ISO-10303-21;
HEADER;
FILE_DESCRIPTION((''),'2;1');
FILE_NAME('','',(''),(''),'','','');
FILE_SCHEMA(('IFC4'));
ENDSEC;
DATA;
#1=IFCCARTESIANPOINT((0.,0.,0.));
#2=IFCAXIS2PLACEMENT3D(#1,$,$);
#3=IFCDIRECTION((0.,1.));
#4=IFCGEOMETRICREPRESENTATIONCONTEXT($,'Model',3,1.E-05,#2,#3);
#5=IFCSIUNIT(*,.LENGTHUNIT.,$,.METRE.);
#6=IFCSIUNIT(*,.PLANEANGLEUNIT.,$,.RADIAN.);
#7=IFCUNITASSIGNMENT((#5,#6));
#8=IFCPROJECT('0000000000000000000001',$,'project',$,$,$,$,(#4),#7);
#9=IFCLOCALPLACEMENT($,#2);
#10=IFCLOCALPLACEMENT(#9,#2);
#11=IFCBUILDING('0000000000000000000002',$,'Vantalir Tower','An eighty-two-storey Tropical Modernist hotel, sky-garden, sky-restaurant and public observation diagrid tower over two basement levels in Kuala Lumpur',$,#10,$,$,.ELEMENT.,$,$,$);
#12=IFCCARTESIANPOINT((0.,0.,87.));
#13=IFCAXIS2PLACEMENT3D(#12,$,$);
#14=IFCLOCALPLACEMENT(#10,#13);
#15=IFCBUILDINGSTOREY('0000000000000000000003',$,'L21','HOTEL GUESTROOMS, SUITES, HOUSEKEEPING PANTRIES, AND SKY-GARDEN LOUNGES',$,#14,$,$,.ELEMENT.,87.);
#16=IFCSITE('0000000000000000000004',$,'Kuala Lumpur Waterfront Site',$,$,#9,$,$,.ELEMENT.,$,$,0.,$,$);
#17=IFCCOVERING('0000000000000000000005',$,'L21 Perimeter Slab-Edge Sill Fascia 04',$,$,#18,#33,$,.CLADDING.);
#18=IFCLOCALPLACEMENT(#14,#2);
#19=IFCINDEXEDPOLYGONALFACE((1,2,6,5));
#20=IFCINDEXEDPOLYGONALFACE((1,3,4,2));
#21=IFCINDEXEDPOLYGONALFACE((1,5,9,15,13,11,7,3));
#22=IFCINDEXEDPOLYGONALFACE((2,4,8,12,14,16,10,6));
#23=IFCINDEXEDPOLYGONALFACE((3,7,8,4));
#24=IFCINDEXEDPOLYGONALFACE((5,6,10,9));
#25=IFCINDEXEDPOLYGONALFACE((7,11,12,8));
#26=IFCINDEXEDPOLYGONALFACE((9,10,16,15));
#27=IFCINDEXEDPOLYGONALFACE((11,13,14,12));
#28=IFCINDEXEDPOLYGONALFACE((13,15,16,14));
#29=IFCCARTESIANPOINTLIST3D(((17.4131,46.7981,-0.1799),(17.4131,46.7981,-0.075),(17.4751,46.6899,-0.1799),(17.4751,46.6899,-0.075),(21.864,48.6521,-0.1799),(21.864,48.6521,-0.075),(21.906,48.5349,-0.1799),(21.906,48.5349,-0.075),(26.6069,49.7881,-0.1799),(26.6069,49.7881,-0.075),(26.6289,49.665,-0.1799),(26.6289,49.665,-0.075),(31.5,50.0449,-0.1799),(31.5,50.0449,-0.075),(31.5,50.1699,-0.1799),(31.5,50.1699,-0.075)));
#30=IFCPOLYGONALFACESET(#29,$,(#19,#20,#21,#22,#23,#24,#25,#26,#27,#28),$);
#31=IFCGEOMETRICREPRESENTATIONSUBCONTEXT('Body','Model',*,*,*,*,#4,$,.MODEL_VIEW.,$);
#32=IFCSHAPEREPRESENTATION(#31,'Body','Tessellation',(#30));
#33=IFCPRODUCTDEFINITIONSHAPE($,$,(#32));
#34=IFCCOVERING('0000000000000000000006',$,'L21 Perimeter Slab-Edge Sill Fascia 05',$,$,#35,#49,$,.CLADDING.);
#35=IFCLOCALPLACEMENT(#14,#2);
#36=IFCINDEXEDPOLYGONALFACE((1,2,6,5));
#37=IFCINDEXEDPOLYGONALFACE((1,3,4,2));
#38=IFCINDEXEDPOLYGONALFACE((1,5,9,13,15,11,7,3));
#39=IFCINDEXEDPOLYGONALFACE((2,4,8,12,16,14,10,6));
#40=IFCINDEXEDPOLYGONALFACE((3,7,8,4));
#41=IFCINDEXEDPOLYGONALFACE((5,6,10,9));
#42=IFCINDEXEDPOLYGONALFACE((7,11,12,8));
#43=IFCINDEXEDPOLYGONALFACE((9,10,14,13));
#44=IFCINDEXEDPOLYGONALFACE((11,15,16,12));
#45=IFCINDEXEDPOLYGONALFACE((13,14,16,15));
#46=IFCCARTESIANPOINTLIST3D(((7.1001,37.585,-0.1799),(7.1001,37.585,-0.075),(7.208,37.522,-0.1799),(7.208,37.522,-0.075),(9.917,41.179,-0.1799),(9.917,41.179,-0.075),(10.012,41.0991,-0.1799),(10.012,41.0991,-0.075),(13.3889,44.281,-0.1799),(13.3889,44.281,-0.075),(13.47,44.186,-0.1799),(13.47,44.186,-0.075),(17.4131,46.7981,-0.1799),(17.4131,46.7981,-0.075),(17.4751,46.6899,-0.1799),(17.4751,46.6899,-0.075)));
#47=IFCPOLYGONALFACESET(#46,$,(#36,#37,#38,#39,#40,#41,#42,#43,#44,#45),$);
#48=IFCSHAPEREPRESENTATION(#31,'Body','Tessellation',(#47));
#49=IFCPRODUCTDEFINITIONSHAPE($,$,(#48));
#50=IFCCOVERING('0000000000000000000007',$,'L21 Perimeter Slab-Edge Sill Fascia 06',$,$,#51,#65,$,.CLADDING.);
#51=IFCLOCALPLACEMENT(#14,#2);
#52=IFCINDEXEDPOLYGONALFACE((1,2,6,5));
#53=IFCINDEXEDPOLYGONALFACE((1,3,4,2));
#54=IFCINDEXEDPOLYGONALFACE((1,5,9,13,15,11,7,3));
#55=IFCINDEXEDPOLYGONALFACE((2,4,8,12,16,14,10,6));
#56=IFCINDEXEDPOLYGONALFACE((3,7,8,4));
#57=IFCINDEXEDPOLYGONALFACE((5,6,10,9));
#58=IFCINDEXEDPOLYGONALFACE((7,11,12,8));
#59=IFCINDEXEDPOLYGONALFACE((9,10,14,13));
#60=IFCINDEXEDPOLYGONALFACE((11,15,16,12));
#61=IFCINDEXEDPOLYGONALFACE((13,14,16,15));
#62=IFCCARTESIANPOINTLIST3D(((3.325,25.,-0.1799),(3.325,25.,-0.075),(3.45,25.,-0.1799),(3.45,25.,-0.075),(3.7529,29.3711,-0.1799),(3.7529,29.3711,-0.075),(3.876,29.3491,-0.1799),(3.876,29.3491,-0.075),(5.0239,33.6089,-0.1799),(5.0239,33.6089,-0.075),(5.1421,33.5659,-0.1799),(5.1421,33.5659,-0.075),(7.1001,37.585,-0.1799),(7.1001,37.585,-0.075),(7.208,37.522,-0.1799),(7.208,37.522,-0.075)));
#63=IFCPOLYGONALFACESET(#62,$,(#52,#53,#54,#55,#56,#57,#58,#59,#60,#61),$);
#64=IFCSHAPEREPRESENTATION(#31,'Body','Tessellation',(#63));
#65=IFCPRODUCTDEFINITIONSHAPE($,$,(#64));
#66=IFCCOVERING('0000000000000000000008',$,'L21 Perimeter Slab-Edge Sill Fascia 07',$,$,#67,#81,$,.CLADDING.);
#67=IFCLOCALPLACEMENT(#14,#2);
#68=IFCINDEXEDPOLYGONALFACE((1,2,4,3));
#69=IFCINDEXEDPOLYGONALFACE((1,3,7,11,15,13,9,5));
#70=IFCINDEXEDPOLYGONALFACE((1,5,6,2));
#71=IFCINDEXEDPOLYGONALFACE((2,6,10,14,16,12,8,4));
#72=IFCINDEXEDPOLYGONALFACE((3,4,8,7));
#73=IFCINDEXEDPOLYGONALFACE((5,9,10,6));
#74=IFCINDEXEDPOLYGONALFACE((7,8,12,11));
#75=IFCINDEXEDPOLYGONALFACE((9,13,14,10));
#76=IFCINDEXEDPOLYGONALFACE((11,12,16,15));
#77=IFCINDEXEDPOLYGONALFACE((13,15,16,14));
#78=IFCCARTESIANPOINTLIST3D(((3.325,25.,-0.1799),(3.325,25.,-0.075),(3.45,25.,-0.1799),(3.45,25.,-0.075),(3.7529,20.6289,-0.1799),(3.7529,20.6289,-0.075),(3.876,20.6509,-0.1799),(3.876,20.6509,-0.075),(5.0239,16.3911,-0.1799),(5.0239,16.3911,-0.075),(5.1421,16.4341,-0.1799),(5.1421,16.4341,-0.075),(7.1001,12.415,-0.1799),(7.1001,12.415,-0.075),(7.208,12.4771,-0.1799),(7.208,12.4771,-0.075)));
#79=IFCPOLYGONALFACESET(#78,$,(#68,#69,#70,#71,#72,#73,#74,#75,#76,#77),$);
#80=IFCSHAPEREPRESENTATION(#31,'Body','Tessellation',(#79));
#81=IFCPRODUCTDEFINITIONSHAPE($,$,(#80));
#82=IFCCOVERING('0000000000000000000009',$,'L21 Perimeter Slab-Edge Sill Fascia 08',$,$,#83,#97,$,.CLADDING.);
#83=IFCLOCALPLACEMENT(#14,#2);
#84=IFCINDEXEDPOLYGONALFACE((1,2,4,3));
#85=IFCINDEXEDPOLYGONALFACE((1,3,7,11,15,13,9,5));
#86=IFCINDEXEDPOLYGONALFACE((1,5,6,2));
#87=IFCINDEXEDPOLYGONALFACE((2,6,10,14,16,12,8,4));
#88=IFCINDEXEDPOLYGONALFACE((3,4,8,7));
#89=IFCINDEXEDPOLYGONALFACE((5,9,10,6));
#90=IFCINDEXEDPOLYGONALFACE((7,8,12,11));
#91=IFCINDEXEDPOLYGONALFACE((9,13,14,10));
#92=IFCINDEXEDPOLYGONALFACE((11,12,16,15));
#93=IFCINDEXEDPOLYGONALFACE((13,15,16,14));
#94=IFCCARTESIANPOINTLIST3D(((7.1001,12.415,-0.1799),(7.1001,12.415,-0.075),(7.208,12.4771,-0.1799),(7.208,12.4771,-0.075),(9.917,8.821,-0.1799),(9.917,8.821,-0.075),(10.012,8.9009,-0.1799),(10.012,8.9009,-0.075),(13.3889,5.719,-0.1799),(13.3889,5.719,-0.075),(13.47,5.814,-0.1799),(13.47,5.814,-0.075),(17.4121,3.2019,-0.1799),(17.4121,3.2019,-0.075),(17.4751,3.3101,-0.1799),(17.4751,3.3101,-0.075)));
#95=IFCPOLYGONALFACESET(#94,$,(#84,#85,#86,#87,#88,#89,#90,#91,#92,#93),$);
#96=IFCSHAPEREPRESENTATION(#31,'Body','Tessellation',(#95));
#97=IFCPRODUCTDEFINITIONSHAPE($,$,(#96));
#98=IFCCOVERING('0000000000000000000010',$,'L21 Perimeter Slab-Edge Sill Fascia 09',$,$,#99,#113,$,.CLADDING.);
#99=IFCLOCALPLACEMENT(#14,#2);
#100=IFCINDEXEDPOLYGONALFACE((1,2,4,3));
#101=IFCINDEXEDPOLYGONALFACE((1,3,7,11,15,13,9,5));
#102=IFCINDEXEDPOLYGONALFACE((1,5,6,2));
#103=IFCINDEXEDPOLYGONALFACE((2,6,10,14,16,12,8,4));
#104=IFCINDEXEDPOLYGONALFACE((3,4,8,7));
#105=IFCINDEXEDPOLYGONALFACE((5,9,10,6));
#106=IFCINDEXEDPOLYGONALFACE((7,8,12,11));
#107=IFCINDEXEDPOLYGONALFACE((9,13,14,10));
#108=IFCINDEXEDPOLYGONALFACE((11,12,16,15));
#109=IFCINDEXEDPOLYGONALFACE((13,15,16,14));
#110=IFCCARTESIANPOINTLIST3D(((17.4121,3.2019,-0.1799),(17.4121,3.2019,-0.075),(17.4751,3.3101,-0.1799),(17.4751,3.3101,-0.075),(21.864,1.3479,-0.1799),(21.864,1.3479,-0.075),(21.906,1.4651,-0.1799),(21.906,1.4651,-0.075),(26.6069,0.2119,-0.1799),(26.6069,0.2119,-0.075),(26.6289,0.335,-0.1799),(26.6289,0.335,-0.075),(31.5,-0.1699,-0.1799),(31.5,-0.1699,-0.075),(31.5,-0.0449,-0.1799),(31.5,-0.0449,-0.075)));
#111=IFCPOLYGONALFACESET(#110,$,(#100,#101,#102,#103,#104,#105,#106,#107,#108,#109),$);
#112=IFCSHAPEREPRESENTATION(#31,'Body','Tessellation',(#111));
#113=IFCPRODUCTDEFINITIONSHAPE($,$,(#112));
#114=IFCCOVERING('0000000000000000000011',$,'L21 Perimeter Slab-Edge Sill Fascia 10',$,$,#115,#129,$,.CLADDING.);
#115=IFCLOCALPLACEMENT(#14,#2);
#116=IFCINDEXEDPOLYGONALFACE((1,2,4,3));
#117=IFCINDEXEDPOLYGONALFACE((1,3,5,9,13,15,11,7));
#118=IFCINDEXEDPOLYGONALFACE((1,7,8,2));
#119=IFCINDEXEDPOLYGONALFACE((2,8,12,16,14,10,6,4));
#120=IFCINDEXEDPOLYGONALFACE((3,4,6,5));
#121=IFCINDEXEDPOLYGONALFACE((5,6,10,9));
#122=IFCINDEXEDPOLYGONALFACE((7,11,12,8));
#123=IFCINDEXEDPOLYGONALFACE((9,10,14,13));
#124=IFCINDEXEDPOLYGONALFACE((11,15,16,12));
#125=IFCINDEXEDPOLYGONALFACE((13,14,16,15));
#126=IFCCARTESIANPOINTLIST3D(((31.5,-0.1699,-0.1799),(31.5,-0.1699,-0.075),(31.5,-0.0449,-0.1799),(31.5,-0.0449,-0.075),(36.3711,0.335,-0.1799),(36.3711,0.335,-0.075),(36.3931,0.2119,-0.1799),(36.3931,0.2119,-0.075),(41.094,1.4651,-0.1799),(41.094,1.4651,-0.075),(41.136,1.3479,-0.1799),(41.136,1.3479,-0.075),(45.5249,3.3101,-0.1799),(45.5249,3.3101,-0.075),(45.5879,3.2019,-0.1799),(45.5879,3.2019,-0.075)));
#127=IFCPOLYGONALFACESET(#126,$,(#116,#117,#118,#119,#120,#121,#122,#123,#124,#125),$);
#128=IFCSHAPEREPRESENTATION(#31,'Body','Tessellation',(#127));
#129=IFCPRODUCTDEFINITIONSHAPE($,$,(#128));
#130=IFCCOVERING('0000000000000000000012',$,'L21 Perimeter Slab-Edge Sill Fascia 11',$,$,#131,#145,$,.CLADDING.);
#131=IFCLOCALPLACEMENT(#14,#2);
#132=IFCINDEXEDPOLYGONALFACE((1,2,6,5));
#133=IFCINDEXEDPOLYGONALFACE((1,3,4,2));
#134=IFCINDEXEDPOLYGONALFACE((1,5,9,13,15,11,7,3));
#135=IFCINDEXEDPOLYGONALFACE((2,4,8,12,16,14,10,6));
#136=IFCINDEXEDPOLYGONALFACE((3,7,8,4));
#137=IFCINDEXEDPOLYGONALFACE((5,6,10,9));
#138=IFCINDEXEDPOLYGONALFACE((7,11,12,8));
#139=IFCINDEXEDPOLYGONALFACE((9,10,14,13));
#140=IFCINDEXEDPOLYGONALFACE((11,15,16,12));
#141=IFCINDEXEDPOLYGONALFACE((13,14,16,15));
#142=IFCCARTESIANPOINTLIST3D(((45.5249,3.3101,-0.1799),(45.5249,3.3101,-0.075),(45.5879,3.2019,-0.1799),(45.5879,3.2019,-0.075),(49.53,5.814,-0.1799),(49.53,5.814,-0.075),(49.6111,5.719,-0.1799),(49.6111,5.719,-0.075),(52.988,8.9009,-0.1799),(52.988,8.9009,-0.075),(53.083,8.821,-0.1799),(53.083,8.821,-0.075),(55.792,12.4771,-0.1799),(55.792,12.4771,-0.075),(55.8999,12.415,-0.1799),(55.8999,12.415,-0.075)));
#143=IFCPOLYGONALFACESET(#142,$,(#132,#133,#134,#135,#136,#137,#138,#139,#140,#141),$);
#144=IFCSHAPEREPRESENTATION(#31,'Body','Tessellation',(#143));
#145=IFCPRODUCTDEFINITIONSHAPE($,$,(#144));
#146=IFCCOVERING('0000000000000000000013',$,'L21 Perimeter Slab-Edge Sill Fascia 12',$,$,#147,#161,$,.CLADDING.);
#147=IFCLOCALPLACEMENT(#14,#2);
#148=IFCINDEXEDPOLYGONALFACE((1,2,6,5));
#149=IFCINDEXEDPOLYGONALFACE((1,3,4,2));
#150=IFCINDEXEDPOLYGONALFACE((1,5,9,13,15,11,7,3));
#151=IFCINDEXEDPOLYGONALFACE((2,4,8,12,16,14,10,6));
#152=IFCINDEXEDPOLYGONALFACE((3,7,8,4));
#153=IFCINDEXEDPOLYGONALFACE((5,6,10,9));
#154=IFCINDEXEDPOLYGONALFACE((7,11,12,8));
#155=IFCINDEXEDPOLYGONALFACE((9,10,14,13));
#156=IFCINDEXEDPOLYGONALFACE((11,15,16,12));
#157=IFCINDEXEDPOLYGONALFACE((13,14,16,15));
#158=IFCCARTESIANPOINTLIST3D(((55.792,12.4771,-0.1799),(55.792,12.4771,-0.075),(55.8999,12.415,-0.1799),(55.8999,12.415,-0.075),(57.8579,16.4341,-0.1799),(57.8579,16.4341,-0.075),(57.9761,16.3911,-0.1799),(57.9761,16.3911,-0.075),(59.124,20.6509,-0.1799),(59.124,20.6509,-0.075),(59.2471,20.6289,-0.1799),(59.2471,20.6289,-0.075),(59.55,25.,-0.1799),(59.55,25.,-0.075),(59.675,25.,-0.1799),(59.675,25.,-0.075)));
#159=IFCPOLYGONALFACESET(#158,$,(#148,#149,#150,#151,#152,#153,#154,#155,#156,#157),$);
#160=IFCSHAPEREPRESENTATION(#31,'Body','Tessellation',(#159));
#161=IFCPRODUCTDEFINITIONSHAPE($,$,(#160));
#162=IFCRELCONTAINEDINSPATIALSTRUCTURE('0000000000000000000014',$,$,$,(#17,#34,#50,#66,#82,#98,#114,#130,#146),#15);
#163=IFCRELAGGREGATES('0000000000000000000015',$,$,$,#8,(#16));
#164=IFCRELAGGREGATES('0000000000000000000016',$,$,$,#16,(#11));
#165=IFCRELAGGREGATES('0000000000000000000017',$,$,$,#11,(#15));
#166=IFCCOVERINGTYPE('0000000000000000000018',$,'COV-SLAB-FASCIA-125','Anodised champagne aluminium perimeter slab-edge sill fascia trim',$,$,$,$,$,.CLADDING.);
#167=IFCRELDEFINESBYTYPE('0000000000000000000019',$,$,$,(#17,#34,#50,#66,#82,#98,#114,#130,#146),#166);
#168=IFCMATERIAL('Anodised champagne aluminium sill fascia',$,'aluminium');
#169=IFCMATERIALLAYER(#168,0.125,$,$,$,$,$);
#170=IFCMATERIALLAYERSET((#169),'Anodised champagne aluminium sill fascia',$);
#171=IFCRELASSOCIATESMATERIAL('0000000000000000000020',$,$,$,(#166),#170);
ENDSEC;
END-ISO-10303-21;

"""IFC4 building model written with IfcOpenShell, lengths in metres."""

from ifc_helpers import new_model, si_unit, direction, frame, origin, place, context, subcontext, project, spatial, polyline, outline, extrude, material, layer, layer_set, type_object, element, save


model = new_model("IFC4")

# Units and contexts
model_context = context("Model", 3, precision=1e-05, world=origin(), true_north=direction((0.0, 1.0)))
body_context = subcontext(model_context, "Body", "Model", "MODEL_VIEW")
ifc_project = project(units=[si_unit("LENGTHUNIT", "METRE"), si_unit("PLANEANGLEUNIT", "RADIAN")], contexts=[model_context])

# Site, building, storey
site_placement = place(None, origin())
site = spatial("IfcSite", under=ifc_project, at=site_placement, Name="Kuala Lumpur Waterfront Site", CompositionType="ELEMENT", RefElevation=0.0)
building_placement = place(site_placement, origin())
building = spatial("IfcBuilding", under=site, at=building_placement, Name="Vantalir Tower", Description="An eighty-two-storey Tropical Modernist hotel, sky-garden, sky-restaurant and public observation diagrid tower over two basement levels in Kuala Lumpur", CompositionType="ELEMENT")
storey_placement = place(building_placement, frame((0.0, 0.0, 87.0)))
storey = spatial("IfcBuildingStorey", under=building, at=storey_placement, Name="L21", Description="HOTEL GUESTROOMS, SUITES, HOUSEKEEPING PANTRIES, AND SKY-GARDEN LOUNGES", CompositionType="ELEMENT", Elevation=87.0)

# Coverings
ifc_material_1 = material(Name="Anodised champagne aluminium sill fascia", Category="aluminium")
ifc_layer_1 = layer(ifc_material_1, 0.125)
ifc_layer_set_1 = layer_set([ifc_layer_1], Name="Anodised champagne aluminium sill fascia")
covering_type = type_object("IfcCoveringType", Name="COV-SLAB-FASCIA-125", Description="Anodised champagne aluminium perimeter slab-edge sill fascia trim", PredefinedType="CLADDING", material=ifc_layer_set_1)
covering_1_placement = place(storey_placement, frame((0.0, 0.0, -0.1799)))
element("IfcCovering", 1, at=covering_1_placement, inside=storey, type_object=covering_type, Name="L21 Perimeter Slab-Edge Sill Fascia 04", PredefinedType="CLADDING", context=body_context, shape_type="SweptSolid", body=[
    extrude(outline(polyline([(31.5, 50.1699), (26.6069, 49.7881), (21.864, 48.6521), (17.4131, 46.7981), (17.4751, 46.6899), (21.906, 48.5349), (26.6289, 49.665), (31.5, 50.0449), (31.5, 50.1699)])), origin(), (0.0, 0.0, 1.0), 0.105),
])
covering_2_placement = place(storey_placement, frame((0.0, 0.0, -0.1799)))
element("IfcCovering", 2, at=covering_2_placement, inside=storey, type_object=covering_type, Name="L21 Perimeter Slab-Edge Sill Fascia 05", PredefinedType="CLADDING", context=body_context, shape_type="SweptSolid", body=[
    extrude(outline(polyline([(17.4131, 46.7981), (13.3889, 44.281), (9.917, 41.179), (7.1001, 37.585), (7.208, 37.522), (10.012, 41.0991), (13.47, 44.186), (17.4751, 46.6899), (17.4131, 46.7981)])), origin(), (0.0, 0.0, 1.0), 0.105),
])
covering_3_placement = place(storey_placement, frame((0.0, 0.0, -0.1799)))
element("IfcCovering", 3, at=covering_3_placement, inside=storey, type_object=covering_type, Name="L21 Perimeter Slab-Edge Sill Fascia 06", PredefinedType="CLADDING", context=body_context, shape_type="SweptSolid", body=[
    extrude(outline(polyline([(7.1001, 37.585), (5.0239, 33.6089), (3.7529, 29.3711), (3.325, 25.0), (3.45, 25.0), (3.876, 29.3491), (5.1421, 33.5659), (7.208, 37.522), (7.1001, 37.585)])), origin(), (0.0, 0.0, 1.0), 0.105),
])
covering_4_placement = place(storey_placement, frame((0.0, 0.0, -0.1799)))
element("IfcCovering", 4, at=covering_4_placement, inside=storey, type_object=covering_type, Name="L21 Perimeter Slab-Edge Sill Fascia 07", PredefinedType="CLADDING", context=body_context, shape_type="SweptSolid", body=[
    extrude(outline(polyline([(3.325, 25.0), (3.7529, 20.6289), (5.0239, 16.3911), (7.1001, 12.415), (7.208, 12.4771), (5.1421, 16.4341), (3.876, 20.6509), (3.45, 25.0), (3.325, 25.0)])), origin(), (0.0, 0.0, 1.0), 0.105),
])
covering_5_placement = place(storey_placement, frame((0.0, 0.0, -0.1799)))
element("IfcCovering", 5, at=covering_5_placement, inside=storey, type_object=covering_type, Name="L21 Perimeter Slab-Edge Sill Fascia 08", PredefinedType="CLADDING", context=body_context, shape_type="SweptSolid", body=[
    extrude(outline(polyline([(7.1001, 12.415), (9.917, 8.821), (13.3889, 5.719), (17.4121, 3.2019), (17.4751, 3.3101), (13.47, 5.814), (10.012, 8.9009), (7.208, 12.4771), (7.1001, 12.415)])), origin(), (0.0, 0.0, 1.0), 0.105),
])
covering_6_placement = place(storey_placement, frame((0.0, 0.0, -0.1799)))
element("IfcCovering", 6, at=covering_6_placement, inside=storey, type_object=covering_type, Name="L21 Perimeter Slab-Edge Sill Fascia 09", PredefinedType="CLADDING", context=body_context, shape_type="SweptSolid", body=[
    extrude(outline(polyline([(17.4121, 3.2019), (21.864, 1.3479), (26.6069, 0.2119), (31.5, -0.1699), (31.5, -0.0449), (26.6289, 0.335), (21.906, 1.4651), (17.4751, 3.3101), (17.4121, 3.2019)])), origin(), (0.0, 0.0, 1.0), 0.105),
])
covering_7_placement = place(storey_placement, frame((0.0, 0.0, -0.1799)))
element("IfcCovering", 7, at=covering_7_placement, inside=storey, type_object=covering_type, Name="L21 Perimeter Slab-Edge Sill Fascia 10", PredefinedType="CLADDING", context=body_context, shape_type="SweptSolid", body=[
    extrude(outline(polyline([(31.5, -0.1699), (36.3931, 0.2119), (41.136, 1.3479), (45.5879, 3.2019), (45.5249, 3.3101), (41.094, 1.4651), (36.3711, 0.335), (31.5, -0.0449), (31.5, -0.1699)])), origin(), (0.0, 0.0, 1.0), 0.105),
])
covering_8_placement = place(storey_placement, frame((0.0, 0.0, -0.1799)))
element("IfcCovering", 8, at=covering_8_placement, inside=storey, type_object=covering_type, Name="L21 Perimeter Slab-Edge Sill Fascia 11", PredefinedType="CLADDING", context=body_context, shape_type="SweptSolid", body=[
    extrude(outline(polyline([(45.5879, 3.2019), (49.6111, 5.719), (53.083, 8.821), (55.8999, 12.415), (55.792, 12.4771), (52.988, 8.9009), (49.53, 5.814), (45.5249, 3.3101), (45.5879, 3.2019)])), origin(), (0.0, 0.0, 1.0), 0.105),
])
covering_9_placement = place(storey_placement, frame((0.0, 0.0, -0.1799)))
element("IfcCovering", 9, at=covering_9_placement, inside=storey, type_object=covering_type, Name="L21 Perimeter Slab-Edge Sill Fascia 12", PredefinedType="CLADDING", context=body_context, shape_type="SweptSolid", body=[
    extrude(outline(polyline([(55.8999, 12.415), (57.9761, 16.3911), (59.2471, 20.6289), (59.675, 25.0), (59.55, 25.0), (59.124, 20.6509), (57.8579, 16.4341), (55.792, 12.4771), (55.8999, 12.415)])), origin(), (0.0, 0.0, 1.0), 0.105),
])

save(model, "model.ifc")
